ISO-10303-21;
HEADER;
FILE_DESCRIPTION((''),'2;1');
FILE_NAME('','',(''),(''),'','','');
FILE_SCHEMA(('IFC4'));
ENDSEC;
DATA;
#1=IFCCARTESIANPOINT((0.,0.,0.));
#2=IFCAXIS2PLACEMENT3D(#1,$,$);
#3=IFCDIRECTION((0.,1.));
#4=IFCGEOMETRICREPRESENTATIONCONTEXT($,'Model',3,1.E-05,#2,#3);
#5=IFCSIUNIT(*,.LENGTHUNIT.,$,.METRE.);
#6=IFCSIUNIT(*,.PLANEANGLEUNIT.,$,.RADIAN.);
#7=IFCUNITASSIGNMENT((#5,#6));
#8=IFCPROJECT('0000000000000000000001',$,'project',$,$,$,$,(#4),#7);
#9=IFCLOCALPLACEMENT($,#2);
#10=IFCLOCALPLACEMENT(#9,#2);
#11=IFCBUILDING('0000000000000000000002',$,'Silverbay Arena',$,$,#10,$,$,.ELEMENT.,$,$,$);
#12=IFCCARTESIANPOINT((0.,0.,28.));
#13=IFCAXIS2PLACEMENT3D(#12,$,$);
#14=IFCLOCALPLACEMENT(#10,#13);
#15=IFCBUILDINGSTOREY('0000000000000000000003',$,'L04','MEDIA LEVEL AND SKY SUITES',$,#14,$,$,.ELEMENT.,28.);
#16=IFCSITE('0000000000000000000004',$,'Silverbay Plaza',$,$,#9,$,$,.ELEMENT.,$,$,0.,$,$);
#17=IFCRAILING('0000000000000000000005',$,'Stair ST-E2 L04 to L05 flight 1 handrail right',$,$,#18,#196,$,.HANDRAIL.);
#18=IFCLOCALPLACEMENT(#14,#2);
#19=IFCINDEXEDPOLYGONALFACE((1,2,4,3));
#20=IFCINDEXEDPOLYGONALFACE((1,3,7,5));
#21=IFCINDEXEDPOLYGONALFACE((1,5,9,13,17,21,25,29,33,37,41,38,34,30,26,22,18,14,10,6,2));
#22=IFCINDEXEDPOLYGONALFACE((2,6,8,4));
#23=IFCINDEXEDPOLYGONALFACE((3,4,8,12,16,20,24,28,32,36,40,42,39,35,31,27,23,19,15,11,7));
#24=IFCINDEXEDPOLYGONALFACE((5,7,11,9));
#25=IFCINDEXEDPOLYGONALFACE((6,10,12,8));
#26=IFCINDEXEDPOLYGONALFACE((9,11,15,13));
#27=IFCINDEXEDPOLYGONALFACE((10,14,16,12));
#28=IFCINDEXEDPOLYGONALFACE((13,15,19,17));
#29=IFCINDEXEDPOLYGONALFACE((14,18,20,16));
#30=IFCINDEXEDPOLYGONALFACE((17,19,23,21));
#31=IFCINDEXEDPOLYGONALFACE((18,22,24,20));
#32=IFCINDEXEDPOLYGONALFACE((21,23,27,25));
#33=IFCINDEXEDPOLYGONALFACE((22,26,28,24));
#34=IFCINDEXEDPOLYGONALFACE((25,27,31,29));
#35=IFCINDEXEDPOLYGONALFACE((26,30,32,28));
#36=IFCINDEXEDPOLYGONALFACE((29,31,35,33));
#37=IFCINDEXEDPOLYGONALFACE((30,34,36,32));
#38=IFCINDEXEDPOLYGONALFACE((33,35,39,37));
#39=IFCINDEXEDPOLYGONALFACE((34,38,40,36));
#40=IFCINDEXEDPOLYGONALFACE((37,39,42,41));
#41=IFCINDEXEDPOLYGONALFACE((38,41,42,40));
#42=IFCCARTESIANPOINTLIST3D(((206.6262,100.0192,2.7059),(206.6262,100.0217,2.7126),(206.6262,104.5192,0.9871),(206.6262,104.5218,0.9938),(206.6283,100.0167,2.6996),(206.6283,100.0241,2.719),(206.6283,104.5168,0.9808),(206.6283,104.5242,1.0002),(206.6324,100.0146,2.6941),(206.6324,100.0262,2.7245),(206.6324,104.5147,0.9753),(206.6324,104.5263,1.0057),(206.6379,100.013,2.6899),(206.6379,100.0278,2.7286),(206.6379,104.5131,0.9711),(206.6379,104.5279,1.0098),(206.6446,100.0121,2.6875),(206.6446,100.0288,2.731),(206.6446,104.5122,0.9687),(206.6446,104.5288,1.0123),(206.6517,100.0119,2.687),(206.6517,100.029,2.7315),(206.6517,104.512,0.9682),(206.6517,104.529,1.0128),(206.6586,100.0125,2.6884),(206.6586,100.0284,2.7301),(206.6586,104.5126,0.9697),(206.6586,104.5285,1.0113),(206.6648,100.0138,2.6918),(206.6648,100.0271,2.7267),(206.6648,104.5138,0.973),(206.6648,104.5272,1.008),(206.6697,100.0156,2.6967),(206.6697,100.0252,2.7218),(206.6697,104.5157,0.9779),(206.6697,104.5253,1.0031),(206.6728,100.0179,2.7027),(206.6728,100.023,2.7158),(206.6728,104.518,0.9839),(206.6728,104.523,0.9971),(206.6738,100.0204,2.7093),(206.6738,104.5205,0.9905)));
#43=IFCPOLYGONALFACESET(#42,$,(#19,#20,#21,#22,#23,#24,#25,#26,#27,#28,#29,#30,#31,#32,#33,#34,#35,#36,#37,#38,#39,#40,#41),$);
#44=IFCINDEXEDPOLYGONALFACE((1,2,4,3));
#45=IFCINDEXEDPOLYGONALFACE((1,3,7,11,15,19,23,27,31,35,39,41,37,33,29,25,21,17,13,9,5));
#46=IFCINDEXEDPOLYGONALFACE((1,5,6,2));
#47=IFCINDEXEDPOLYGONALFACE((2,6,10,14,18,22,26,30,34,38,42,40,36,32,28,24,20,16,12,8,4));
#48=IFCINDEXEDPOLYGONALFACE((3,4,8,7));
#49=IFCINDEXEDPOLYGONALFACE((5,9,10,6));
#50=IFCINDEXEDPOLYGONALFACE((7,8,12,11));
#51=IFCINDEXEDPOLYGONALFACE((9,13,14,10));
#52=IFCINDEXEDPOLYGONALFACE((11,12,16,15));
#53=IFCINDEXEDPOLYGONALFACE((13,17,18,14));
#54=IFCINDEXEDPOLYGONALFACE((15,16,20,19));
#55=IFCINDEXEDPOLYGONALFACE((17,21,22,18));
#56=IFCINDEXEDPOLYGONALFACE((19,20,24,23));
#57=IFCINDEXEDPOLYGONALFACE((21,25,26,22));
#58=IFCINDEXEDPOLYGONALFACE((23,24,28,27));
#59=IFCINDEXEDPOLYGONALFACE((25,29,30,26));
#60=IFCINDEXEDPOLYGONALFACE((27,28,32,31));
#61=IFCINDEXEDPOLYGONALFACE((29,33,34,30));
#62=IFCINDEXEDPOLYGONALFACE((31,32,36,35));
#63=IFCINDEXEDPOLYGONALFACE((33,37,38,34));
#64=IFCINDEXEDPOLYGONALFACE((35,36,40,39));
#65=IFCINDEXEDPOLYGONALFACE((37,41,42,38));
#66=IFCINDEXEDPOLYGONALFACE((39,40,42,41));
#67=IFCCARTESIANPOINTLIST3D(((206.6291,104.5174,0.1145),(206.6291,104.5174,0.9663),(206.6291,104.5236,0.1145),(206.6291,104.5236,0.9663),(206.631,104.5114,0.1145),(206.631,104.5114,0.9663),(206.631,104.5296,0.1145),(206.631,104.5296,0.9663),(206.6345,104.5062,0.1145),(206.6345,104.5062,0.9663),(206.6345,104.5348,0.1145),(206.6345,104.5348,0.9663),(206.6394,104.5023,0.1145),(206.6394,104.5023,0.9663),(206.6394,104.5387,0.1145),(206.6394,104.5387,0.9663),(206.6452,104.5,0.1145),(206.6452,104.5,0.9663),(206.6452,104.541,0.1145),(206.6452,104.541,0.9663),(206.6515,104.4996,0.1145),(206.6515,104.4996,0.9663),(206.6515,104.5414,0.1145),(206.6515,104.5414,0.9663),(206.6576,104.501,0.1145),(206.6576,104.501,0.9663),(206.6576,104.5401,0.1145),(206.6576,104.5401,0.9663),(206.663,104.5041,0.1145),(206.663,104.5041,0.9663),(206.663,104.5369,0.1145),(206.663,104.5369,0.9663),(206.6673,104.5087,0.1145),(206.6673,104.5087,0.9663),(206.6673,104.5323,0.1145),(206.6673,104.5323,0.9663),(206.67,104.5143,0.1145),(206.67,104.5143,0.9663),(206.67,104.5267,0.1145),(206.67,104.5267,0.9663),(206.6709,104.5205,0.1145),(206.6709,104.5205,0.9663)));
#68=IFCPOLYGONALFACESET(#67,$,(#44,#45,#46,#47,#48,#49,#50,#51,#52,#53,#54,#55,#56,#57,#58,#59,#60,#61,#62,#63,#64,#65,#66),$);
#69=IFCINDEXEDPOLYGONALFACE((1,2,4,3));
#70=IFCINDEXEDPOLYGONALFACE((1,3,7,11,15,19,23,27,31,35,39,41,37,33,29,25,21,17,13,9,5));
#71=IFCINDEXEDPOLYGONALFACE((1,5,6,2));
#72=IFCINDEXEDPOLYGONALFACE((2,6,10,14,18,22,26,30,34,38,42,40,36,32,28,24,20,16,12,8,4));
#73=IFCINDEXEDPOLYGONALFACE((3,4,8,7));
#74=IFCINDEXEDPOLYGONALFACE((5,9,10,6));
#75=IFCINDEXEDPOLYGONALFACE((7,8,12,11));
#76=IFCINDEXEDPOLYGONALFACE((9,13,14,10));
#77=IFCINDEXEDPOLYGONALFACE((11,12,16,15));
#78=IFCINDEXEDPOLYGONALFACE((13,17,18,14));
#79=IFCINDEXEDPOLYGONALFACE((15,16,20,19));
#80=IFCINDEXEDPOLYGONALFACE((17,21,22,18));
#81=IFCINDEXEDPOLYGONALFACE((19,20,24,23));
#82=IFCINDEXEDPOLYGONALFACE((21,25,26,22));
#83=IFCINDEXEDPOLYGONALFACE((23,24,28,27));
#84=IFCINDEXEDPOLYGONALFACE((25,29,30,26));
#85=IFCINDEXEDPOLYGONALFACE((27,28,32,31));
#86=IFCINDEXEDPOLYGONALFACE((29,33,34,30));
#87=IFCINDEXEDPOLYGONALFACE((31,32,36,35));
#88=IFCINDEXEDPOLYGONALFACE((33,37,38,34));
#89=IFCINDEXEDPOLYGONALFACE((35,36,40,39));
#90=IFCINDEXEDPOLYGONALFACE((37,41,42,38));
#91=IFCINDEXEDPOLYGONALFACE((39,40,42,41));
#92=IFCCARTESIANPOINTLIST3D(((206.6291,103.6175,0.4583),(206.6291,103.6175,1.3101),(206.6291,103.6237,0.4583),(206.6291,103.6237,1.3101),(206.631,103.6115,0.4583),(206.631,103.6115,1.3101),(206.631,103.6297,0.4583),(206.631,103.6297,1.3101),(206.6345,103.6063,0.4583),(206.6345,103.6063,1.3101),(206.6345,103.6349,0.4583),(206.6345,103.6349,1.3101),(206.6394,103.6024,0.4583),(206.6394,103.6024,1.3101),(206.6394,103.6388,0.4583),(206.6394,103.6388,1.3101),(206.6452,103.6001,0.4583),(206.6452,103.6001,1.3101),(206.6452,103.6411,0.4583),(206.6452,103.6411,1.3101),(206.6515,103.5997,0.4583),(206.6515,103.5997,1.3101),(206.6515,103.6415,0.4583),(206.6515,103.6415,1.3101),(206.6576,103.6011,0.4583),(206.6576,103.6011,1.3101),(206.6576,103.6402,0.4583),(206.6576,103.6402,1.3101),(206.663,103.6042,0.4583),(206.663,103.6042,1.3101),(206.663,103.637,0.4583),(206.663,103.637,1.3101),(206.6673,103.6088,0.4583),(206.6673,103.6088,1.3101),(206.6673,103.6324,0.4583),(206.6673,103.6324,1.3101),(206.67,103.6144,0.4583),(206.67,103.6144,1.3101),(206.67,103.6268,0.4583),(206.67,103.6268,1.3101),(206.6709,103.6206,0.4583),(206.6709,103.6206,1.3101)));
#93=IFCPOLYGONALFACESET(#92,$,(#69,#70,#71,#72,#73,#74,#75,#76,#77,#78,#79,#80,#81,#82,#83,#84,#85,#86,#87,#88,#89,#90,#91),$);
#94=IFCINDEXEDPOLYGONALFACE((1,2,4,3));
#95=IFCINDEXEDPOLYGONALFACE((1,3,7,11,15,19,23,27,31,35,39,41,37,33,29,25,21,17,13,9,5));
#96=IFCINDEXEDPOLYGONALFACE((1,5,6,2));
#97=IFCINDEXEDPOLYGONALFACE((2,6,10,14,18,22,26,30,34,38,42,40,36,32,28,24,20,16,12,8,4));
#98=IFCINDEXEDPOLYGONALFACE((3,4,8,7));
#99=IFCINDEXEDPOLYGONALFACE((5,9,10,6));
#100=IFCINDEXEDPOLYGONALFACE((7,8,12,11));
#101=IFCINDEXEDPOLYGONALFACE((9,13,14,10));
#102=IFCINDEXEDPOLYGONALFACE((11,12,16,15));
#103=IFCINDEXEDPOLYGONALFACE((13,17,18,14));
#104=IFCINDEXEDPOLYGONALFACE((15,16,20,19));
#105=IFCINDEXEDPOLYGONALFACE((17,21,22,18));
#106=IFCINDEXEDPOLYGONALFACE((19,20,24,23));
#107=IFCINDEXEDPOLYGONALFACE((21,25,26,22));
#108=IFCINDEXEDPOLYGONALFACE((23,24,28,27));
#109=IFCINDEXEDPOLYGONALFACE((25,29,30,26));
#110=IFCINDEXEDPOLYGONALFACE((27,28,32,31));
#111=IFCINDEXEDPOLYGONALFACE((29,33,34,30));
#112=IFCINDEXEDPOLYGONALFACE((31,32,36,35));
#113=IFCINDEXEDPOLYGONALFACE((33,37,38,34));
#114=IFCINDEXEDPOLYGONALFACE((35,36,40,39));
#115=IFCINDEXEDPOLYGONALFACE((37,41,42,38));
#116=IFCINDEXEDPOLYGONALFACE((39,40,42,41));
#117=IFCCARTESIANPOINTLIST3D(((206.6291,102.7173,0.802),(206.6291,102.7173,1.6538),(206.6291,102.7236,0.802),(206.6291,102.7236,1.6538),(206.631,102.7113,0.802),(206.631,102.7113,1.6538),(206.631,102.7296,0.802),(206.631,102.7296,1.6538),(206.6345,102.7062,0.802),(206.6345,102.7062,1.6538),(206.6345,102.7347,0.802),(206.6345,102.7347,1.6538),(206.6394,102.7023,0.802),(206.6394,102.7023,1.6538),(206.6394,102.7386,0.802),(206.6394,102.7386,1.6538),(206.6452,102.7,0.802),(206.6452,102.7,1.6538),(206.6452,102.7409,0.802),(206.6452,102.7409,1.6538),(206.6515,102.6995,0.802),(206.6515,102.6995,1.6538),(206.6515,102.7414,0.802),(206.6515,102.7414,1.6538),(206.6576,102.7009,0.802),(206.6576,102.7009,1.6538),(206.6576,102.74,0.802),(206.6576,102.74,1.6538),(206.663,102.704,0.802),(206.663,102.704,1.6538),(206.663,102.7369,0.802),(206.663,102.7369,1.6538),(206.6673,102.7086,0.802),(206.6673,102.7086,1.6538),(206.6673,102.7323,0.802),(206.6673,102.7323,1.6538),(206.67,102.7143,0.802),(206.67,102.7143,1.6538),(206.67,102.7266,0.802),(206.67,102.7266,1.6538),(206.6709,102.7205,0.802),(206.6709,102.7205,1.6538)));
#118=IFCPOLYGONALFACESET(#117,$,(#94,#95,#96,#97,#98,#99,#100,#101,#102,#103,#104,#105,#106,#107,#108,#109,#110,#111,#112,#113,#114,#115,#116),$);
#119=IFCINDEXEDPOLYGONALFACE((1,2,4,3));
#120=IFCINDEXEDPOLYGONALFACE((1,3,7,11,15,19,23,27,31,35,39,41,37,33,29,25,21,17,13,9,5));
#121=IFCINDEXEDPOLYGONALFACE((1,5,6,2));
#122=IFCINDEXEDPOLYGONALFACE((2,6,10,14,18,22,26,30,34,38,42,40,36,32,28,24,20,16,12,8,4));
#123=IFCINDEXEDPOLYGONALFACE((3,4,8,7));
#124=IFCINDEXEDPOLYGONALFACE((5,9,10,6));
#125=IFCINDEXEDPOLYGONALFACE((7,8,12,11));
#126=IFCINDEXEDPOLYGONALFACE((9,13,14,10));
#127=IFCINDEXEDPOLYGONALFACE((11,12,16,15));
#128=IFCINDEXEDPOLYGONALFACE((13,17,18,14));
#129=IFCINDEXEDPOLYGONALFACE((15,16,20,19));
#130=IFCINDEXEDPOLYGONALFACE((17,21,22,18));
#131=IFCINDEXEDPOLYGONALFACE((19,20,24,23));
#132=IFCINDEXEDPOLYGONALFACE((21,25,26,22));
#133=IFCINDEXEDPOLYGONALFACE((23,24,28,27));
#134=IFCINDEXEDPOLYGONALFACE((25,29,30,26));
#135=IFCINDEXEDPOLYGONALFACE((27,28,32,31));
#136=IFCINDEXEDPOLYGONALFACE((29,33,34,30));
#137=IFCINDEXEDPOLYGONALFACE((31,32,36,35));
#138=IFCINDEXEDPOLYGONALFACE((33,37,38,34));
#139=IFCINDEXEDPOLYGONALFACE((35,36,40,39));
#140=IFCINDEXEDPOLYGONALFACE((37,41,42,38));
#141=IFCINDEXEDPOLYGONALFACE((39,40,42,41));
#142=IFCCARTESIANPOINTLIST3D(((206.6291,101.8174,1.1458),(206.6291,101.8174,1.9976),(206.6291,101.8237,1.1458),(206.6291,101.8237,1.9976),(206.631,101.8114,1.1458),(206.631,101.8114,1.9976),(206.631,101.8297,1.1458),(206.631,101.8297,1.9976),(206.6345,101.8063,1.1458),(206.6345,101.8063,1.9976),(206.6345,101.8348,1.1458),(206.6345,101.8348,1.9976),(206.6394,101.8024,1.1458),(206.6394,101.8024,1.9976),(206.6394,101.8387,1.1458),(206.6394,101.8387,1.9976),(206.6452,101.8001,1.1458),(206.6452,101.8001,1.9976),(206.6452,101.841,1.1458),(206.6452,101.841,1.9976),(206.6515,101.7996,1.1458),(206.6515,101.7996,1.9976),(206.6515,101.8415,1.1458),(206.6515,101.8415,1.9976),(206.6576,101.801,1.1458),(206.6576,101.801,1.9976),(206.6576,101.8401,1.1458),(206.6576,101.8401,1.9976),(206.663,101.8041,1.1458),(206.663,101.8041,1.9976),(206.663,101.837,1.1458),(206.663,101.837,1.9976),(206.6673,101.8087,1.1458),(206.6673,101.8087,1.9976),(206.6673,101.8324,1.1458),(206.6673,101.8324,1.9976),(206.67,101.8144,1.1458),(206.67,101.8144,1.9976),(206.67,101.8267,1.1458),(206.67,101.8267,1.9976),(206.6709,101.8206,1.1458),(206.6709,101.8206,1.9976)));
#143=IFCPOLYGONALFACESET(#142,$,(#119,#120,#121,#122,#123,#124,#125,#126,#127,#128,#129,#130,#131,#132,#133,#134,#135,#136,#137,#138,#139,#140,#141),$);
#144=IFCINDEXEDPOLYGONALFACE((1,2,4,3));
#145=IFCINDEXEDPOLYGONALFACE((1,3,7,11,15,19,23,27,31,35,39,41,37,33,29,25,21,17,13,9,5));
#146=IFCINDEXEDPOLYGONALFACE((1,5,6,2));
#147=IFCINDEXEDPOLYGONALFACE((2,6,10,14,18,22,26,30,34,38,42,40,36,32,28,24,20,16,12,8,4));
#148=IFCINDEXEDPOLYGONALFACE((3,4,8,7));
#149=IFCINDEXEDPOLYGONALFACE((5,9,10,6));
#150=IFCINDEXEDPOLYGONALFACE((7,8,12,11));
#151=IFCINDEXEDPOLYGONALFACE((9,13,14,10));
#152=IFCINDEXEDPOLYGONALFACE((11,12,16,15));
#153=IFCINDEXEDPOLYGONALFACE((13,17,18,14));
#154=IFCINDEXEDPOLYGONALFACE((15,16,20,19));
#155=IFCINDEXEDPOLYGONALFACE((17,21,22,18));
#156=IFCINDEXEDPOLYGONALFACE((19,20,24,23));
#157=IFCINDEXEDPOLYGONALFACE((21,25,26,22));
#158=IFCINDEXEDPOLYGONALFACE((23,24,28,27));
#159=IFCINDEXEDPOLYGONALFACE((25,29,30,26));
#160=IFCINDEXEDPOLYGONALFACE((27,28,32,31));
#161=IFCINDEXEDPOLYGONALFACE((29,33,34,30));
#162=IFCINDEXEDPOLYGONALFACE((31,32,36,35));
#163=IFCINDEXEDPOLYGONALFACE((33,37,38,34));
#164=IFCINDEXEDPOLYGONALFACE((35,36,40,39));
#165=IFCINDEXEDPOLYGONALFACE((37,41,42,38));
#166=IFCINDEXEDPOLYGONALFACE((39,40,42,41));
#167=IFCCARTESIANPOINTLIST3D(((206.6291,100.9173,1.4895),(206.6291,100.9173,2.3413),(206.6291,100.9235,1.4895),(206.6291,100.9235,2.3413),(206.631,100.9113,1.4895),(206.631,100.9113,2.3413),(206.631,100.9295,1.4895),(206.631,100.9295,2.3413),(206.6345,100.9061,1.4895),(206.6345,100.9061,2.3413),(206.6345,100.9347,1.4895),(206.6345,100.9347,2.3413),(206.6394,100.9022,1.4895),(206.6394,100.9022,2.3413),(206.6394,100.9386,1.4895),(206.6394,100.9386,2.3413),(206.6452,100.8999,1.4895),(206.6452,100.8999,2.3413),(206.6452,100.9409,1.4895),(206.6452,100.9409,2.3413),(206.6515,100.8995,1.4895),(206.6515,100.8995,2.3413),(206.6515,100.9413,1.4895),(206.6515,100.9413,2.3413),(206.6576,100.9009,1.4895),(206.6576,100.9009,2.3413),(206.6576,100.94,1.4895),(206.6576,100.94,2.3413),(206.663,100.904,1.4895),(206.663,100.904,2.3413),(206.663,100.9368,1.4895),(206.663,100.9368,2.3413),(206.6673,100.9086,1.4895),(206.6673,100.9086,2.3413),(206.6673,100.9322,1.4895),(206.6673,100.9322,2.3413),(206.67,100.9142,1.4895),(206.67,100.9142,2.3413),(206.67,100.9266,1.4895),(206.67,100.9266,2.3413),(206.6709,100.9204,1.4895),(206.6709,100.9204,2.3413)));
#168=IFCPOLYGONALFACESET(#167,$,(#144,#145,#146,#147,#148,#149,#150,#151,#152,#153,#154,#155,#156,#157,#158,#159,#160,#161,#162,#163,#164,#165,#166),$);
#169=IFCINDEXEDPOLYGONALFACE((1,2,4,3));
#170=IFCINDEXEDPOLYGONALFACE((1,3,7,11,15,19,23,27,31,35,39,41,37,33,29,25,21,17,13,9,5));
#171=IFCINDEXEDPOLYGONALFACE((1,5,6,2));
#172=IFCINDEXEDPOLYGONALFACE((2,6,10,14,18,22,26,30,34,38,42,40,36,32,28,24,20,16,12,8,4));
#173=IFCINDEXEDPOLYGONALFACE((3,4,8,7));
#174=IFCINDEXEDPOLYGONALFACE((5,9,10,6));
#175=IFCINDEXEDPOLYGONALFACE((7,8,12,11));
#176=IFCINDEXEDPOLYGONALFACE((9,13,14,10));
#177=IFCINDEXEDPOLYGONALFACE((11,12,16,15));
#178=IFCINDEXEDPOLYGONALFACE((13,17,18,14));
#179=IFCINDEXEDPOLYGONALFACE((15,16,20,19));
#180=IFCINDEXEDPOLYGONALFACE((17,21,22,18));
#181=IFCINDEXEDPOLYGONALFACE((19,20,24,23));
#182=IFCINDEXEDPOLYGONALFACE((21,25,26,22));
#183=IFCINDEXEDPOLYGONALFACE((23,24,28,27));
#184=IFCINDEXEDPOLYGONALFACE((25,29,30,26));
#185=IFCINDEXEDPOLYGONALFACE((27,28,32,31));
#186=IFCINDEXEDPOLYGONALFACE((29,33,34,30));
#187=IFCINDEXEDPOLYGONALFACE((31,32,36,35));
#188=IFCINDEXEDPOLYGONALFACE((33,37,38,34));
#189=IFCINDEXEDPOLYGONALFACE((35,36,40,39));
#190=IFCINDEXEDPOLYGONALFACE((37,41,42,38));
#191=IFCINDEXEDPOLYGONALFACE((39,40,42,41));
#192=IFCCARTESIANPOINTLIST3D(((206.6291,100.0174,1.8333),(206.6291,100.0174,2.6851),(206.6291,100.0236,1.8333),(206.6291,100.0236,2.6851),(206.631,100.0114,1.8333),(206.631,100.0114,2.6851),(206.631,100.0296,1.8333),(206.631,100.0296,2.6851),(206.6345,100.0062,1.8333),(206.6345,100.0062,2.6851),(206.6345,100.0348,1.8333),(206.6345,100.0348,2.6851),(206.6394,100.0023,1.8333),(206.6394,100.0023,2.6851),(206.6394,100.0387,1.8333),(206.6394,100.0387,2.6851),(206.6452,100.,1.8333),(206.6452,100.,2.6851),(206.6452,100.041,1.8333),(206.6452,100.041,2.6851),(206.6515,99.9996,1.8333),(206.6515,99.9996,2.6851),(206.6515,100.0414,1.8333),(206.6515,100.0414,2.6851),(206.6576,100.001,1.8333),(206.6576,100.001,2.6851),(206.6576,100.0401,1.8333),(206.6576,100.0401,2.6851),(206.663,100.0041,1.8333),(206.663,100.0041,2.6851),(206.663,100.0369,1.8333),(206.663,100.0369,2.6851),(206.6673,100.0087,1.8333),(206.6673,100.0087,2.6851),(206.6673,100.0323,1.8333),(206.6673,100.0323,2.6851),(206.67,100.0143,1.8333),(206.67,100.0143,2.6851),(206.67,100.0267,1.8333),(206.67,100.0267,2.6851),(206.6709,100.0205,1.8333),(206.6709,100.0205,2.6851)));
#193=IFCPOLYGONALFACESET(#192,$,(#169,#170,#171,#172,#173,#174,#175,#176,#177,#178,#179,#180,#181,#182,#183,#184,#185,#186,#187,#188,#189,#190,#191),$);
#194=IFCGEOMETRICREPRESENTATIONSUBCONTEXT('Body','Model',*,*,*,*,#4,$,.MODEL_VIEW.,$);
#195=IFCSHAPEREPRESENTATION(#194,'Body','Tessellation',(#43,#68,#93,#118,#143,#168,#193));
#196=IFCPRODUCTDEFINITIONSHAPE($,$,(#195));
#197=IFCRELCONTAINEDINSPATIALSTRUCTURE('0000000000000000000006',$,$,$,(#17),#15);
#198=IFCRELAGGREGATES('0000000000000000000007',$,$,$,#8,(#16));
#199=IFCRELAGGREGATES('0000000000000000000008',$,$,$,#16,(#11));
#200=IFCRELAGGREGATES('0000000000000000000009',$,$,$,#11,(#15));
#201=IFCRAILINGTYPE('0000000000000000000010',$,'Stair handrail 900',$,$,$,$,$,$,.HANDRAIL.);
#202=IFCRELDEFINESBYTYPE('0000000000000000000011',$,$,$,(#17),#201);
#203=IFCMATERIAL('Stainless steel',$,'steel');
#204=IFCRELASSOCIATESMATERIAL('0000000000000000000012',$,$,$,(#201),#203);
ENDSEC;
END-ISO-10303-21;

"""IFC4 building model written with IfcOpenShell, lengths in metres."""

from ifc_helpers import new_model, si_unit, direction, frame, origin, origin_2d, place, context, subcontext, project, spatial, circle, extrude, material, type_object, element, save


model = new_model("IFC4")

# Units and contexts
model_context = context("Model", 3, precision=1e-05, world=origin(), true_north=direction((0.0, 1.0)))
body_context = subcontext(model_context, "Body", "Model", "MODEL_VIEW")
ifc_project = project(units=[si_unit("LENGTHUNIT", "METRE"), si_unit("PLANEANGLEUNIT", "RADIAN")], contexts=[model_context])

# Site, building, storey
site_placement = place(None, origin())
site = spatial("IfcSite", under=ifc_project, at=site_placement, Name="Silverbay Plaza", CompositionType="ELEMENT", RefElevation=0.0)
building_placement = place(site_placement, origin())
building = spatial("IfcBuilding", under=site, at=building_placement, Name="Silverbay Arena", CompositionType="ELEMENT")
storey_placement = place(building_placement, frame((0.0, 0.0, 28.0)))
storey = spatial("IfcBuildingStorey", under=building, at=storey_placement, Name="L04", Description="MEDIA LEVEL AND SKY SUITES", CompositionType="ELEMENT", Elevation=28.0)

# Railing
ifc_material_1 = material(Name="Stainless steel", Category="steel")
railing_type_1 = type_object("IfcRailingType", Name="Stair handrail 900", PredefinedType="HANDRAIL", material=ifc_material_1)
for number, where, name in (
    (1, (206.6499, 104.5205, 0.1145), "Stair ST-E2 L04 to L05 flight 1 handrail right"),
):
    element("IfcRailing", number, at=place(storey_placement, frame(where)), inside=storey, type_object=railing_type_1, Name=name, PredefinedType="HANDRAIL", context=body_context, shape_type="SweptSolid", body=[
        extrude(circle(Radius=0.0239, at=origin_2d()), frame((0.0, 0.0, 0.876), z_axis=(0.0, -0.934179, 0.356805), x_axis=(1.0, 0.0, 0.0)), (0.0, 0.0, 1.0), 4.8171),
        extrude(circle(Radius=0.021, at=origin_2d()), origin(), (0.0, 0.0, 1.0), 0.8518),
        extrude(circle(Radius=0.021, at=origin_2d()), frame((0.0, -0.8999, 0.3438)), (0.0, 0.0, 1.0), 0.8518),
        extrude(circle(Radius=0.021, at=origin_2d()), frame((0.0, -1.8, 0.6875)), (0.0, 0.0, 1.0), 0.8518),
        extrude(circle(Radius=0.021, at=origin_2d()), frame((0.0, -2.7, 1.0312)), (0.0, 0.0, 1.0), 0.8518),
        extrude(circle(Radius=0.021, at=origin_2d()), frame((0.0, -3.6001, 1.375)), (0.0, 0.0, 1.0), 0.8518),
        extrude(circle(Radius=0.021, at=origin_2d()), frame((0.0, -4.5, 1.7188)), (0.0, 0.0, 1.0), 0.8518),
    ])

save(model, "model.ifc")
